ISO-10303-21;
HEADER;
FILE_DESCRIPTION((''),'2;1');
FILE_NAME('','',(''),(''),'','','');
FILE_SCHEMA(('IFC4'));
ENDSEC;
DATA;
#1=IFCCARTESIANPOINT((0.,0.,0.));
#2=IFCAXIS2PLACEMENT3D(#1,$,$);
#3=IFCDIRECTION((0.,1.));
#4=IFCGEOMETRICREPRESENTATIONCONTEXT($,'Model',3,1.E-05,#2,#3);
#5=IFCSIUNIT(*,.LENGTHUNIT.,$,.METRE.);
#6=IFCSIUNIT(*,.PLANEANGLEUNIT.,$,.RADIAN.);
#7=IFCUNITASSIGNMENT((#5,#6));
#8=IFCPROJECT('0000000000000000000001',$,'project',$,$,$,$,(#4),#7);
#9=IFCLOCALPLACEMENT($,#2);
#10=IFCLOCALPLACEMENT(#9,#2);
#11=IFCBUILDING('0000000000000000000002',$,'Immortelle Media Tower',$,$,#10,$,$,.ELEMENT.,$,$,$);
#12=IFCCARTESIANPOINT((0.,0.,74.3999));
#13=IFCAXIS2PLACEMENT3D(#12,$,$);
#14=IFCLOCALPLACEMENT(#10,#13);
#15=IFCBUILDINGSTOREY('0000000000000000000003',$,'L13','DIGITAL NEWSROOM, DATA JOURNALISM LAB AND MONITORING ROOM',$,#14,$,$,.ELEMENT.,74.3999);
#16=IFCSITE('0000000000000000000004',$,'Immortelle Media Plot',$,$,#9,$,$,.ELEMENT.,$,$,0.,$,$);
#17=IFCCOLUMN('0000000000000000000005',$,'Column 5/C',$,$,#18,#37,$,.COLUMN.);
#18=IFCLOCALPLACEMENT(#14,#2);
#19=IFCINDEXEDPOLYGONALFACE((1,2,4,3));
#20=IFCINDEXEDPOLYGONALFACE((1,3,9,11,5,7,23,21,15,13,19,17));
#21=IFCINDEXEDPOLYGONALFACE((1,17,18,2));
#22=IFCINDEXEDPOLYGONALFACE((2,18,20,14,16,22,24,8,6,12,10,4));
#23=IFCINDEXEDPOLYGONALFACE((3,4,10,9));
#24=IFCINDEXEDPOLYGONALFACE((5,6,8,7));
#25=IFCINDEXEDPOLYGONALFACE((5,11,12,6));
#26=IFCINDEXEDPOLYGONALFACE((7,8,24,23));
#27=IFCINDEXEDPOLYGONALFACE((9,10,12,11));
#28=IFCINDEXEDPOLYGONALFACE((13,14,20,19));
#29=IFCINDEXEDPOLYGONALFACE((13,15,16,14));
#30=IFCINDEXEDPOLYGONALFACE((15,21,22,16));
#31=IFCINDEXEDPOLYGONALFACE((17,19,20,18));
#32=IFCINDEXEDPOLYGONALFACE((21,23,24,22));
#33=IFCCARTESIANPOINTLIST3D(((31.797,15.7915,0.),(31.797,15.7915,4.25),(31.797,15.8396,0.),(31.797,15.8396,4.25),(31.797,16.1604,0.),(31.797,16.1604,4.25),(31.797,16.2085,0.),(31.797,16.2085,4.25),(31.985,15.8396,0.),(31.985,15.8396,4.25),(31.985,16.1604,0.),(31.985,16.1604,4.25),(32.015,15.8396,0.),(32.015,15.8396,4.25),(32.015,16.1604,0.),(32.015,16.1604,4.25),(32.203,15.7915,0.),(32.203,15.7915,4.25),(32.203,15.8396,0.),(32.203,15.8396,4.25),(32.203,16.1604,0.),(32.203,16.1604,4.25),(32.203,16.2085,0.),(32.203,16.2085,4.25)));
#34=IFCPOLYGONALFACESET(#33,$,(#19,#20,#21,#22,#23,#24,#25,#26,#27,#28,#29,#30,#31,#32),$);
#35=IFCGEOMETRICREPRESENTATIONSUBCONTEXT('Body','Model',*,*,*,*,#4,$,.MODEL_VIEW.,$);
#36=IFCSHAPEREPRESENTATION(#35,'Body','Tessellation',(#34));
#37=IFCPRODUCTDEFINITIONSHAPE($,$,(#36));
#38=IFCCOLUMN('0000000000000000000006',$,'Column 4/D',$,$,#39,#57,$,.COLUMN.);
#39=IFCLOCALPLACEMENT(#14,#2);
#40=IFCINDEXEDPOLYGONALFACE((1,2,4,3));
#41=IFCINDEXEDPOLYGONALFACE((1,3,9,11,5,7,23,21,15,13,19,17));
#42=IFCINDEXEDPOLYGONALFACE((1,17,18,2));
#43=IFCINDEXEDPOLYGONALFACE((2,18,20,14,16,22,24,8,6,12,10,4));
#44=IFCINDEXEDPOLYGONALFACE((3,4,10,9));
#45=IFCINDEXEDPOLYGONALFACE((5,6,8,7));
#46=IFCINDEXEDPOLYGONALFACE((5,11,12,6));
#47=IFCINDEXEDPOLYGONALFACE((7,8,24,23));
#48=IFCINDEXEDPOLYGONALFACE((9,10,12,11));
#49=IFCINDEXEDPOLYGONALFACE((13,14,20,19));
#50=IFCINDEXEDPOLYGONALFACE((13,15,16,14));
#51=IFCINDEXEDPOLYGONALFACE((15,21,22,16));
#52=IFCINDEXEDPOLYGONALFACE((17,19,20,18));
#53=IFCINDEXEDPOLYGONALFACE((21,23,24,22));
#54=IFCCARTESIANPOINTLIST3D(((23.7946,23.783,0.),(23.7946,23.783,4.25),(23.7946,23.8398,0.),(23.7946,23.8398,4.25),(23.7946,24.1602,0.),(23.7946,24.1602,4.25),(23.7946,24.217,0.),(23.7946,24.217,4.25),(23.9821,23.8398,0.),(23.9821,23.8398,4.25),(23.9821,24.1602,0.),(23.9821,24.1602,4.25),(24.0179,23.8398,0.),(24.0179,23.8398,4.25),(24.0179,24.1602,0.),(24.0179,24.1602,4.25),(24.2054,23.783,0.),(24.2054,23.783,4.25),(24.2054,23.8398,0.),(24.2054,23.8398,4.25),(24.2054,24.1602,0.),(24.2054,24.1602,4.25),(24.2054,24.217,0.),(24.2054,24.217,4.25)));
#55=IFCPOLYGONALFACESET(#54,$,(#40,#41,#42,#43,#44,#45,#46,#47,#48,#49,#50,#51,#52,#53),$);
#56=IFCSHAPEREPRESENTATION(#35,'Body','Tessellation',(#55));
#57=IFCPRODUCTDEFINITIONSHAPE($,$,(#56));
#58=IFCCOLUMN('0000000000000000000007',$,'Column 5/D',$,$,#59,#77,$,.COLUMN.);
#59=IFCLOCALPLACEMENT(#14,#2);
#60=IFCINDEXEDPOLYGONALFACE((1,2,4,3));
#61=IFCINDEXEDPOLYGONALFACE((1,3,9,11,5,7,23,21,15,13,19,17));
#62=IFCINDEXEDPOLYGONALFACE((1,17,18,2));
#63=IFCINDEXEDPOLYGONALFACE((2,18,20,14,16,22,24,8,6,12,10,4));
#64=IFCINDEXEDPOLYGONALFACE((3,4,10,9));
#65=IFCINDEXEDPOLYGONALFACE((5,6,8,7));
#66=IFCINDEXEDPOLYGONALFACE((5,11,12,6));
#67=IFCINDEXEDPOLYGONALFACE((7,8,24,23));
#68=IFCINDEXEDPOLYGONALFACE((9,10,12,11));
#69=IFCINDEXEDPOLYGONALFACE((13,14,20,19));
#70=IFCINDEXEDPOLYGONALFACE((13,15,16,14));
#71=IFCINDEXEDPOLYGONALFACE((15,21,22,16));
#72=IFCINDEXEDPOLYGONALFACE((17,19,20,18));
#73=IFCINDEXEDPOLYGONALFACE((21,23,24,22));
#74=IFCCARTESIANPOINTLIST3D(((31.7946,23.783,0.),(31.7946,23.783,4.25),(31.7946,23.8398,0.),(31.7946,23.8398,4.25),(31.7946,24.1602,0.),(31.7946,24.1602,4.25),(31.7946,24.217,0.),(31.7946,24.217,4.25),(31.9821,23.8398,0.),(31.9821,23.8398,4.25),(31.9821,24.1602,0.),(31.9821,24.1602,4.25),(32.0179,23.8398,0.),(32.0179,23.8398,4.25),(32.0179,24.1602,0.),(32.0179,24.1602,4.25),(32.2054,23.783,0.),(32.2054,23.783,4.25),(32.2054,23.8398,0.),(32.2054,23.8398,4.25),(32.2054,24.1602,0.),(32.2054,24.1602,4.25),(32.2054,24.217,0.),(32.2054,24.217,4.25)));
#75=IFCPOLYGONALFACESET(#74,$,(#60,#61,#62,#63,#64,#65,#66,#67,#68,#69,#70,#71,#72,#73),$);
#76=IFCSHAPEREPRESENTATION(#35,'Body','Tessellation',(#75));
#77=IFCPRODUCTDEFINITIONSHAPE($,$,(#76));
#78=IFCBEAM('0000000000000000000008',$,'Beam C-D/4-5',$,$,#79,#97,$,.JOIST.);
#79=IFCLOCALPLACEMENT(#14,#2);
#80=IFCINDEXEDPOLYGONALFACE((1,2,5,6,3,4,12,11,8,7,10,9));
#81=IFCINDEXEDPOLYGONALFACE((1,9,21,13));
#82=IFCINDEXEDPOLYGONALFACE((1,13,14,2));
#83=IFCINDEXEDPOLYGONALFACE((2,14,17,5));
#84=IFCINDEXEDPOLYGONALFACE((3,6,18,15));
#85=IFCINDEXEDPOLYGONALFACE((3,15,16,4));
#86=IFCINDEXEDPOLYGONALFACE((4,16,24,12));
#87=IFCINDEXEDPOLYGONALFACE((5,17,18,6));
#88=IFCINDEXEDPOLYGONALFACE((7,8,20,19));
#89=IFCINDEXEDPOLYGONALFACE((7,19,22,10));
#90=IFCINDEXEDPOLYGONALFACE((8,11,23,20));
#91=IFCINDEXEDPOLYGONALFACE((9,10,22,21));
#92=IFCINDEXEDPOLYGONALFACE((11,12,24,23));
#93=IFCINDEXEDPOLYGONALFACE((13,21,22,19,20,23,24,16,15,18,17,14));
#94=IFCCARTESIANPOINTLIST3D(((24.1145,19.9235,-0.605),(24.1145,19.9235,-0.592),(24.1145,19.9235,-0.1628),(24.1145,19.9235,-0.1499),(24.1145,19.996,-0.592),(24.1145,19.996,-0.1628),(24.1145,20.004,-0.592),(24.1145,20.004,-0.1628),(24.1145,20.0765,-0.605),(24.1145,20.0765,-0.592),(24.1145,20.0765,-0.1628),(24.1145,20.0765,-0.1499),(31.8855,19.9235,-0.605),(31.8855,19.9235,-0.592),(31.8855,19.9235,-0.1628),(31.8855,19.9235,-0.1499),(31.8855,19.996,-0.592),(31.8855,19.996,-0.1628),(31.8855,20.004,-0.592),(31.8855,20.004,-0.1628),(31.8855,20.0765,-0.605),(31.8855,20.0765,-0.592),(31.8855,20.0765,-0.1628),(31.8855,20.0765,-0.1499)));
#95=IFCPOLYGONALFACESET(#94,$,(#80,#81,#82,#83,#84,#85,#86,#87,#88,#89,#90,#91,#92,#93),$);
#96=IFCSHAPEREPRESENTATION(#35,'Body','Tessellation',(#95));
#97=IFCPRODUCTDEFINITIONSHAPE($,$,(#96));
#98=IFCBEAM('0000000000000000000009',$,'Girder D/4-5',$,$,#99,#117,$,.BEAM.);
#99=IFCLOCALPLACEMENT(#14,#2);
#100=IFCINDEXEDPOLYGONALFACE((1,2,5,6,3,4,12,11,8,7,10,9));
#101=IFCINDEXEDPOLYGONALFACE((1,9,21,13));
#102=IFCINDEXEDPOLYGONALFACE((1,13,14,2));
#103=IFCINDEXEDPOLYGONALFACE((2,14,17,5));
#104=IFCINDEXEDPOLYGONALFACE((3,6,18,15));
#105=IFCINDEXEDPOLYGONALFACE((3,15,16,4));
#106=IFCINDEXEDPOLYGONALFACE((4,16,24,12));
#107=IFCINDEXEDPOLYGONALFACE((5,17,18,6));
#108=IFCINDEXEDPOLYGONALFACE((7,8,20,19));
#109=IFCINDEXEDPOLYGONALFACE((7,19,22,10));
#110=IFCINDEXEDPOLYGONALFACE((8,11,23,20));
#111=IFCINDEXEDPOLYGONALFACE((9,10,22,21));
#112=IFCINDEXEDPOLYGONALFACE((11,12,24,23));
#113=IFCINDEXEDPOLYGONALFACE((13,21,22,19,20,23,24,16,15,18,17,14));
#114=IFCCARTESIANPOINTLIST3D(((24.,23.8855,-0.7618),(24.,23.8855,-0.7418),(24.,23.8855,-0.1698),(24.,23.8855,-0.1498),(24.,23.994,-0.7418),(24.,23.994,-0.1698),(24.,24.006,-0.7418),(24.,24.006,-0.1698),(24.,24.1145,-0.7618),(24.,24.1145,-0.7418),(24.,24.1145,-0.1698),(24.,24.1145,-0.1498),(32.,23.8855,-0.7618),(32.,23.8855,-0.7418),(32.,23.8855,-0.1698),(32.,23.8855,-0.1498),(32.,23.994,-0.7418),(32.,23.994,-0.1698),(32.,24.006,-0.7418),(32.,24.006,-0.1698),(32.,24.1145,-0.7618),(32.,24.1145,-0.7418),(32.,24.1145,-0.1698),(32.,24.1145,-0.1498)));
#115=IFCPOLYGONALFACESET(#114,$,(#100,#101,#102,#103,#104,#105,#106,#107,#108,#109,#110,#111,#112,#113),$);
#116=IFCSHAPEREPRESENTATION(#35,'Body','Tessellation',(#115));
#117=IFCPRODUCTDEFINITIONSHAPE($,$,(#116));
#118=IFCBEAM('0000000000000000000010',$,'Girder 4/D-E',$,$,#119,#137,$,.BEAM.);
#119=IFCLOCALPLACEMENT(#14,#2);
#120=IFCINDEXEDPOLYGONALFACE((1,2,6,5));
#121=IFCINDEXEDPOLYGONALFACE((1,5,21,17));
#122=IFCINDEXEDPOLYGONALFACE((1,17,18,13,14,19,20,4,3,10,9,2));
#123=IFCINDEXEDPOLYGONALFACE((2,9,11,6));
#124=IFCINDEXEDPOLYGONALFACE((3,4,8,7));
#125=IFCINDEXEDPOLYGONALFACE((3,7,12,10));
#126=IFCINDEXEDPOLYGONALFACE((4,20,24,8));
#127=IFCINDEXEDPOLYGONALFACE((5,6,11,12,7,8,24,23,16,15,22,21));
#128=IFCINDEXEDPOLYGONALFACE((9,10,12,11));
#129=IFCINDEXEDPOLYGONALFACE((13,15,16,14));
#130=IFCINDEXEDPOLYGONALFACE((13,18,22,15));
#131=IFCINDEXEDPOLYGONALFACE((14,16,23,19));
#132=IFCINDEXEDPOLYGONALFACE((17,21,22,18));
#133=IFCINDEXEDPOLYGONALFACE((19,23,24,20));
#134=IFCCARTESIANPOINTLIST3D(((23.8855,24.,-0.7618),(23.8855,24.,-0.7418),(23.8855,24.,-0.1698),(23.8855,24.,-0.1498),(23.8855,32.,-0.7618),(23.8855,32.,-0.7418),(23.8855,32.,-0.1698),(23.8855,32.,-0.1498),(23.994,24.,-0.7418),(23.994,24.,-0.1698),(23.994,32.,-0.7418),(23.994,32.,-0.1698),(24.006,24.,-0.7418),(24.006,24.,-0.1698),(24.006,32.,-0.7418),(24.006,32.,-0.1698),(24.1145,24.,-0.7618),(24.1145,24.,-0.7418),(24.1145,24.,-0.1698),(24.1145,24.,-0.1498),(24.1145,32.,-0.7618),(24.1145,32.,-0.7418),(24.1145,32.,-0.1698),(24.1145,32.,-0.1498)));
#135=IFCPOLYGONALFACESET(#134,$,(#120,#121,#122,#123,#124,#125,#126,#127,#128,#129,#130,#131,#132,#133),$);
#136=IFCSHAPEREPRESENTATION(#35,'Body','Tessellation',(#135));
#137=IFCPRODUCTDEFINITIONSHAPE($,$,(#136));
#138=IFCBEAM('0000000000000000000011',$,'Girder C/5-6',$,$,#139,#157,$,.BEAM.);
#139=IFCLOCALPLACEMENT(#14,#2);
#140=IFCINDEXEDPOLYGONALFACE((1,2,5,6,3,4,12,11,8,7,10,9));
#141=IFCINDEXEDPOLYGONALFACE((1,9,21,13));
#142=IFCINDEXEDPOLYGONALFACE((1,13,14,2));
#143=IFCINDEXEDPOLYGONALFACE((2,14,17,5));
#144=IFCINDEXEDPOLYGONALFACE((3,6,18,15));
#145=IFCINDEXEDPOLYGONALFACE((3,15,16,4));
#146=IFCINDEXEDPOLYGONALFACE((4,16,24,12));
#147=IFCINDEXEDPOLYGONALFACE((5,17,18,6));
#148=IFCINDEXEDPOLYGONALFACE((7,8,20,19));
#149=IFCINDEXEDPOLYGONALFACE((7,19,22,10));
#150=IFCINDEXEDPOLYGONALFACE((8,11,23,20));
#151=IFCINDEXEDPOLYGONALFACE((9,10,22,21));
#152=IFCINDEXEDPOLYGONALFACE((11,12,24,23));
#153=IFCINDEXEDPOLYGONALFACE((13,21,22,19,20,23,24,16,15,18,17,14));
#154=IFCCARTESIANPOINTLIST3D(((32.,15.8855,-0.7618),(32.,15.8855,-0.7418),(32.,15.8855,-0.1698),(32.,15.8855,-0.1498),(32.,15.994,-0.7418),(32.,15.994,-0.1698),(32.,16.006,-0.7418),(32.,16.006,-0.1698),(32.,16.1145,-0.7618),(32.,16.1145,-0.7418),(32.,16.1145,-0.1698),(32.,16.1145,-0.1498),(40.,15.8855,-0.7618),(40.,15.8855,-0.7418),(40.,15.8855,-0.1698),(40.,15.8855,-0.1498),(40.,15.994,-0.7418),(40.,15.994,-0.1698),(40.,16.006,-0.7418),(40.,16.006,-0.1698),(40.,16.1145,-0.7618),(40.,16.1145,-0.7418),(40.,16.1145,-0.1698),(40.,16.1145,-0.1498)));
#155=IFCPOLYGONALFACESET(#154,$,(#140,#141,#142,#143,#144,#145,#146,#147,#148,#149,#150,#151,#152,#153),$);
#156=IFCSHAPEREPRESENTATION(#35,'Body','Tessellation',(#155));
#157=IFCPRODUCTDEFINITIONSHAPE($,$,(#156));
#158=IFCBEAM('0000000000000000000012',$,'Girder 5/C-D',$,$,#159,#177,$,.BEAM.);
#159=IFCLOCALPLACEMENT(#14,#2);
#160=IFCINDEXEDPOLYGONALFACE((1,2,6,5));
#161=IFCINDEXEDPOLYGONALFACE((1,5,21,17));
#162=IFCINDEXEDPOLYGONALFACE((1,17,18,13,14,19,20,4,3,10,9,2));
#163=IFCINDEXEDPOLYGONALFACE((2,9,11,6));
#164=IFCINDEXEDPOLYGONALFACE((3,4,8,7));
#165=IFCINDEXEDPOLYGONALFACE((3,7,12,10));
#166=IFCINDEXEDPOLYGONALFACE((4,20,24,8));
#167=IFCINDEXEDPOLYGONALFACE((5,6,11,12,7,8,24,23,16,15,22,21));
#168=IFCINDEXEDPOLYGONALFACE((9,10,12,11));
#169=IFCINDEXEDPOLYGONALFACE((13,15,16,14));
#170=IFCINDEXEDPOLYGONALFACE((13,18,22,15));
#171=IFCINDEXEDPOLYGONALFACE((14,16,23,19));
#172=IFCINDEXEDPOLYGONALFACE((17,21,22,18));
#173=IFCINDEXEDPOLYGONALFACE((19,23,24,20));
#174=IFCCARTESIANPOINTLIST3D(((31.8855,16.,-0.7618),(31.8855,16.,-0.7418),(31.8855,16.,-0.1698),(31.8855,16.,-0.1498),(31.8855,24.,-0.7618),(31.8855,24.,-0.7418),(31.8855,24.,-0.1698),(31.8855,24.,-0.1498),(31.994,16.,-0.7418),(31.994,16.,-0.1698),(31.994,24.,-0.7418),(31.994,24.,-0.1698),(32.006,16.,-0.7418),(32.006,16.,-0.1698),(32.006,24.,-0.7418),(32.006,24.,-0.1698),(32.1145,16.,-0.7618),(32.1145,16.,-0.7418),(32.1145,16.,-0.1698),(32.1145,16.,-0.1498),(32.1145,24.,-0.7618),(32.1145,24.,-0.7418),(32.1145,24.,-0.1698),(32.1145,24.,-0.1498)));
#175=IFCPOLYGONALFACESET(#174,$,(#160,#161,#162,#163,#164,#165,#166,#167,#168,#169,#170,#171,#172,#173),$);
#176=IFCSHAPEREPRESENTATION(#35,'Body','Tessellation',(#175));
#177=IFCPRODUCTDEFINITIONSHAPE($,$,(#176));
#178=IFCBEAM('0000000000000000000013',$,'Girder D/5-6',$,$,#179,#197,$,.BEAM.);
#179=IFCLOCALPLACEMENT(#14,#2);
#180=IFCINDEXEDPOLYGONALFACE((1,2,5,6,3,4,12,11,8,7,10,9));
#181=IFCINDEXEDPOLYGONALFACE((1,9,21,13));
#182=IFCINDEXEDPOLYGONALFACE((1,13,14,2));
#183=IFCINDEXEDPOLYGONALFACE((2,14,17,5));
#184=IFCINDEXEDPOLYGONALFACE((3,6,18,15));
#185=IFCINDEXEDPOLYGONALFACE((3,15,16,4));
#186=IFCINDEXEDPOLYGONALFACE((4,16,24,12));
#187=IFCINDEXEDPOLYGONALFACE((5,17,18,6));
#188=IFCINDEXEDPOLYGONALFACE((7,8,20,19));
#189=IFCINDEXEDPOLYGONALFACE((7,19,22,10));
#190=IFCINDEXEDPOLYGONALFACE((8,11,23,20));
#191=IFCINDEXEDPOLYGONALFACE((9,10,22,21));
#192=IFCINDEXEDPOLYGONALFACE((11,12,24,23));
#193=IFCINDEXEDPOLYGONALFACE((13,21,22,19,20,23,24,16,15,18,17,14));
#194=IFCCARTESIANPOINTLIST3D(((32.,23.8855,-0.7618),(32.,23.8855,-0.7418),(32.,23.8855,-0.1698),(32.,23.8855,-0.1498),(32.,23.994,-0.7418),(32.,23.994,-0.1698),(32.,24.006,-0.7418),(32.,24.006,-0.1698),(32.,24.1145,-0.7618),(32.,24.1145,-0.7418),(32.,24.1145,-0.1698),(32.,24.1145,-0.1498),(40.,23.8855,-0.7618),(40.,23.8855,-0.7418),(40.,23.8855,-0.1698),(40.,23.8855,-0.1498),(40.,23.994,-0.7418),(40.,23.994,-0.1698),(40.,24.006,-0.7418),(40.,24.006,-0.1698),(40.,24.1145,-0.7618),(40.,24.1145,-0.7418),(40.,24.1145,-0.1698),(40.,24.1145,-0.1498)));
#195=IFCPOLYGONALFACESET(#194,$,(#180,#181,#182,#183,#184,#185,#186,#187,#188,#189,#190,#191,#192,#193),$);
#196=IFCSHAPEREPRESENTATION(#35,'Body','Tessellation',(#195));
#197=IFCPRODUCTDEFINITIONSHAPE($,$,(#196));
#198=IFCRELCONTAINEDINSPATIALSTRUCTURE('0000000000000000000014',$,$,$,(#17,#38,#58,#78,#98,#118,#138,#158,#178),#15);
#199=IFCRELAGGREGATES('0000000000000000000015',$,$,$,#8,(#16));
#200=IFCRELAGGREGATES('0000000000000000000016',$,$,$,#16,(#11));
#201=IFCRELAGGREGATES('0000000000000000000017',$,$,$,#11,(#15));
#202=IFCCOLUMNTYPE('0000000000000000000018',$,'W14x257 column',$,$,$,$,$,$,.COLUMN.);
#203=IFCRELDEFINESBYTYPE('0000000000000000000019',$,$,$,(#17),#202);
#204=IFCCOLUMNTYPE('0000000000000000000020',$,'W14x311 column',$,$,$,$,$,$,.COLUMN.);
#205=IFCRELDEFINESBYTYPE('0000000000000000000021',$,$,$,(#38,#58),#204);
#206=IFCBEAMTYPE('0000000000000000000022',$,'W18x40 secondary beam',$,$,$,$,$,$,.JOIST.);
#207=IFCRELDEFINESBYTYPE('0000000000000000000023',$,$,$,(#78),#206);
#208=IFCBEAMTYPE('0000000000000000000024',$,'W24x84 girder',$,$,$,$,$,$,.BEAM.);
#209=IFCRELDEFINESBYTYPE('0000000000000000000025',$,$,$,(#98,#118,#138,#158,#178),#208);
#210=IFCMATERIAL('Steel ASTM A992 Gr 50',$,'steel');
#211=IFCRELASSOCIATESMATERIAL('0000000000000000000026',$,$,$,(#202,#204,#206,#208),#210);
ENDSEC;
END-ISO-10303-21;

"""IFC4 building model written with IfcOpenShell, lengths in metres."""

from ifc_helpers import new_model, si_unit, direction, frame, origin, origin_2d, place, context, subcontext, project, spatial, i_section, extrude, material, material_profile, profile_set, type_object, element, save


model = new_model("IFC4")

# Units and contexts
model_context = context("Model", 3, precision=1e-05, world=origin(), true_north=direction((0.0, 1.0)))
body_context = subcontext(model_context, "Body", "Model", "MODEL_VIEW")
ifc_project = project(units=[si_unit("LENGTHUNIT", "METRE"), si_unit("PLANEANGLEUNIT", "RADIAN")], contexts=[model_context])

# Site, building, storey
site_placement = place(None, origin())
site = spatial("IfcSite", under=ifc_project, at=site_placement, Name="Immortelle Media Plot", CompositionType="ELEMENT", RefElevation=0.0)
building_placement = place(site_placement, origin())
building = spatial("IfcBuilding", under=site, at=building_placement, Name="Immortelle Media Tower", CompositionType="ELEMENT")
storey_placement = place(building_placement, frame((0.0, 0.0, 74.3999)))
storey = spatial("IfcBuildingStorey", under=building, at=storey_placement, Name="L13", Description="DIGITAL NEWSROOM, DATA JOURNALISM LAB AND MONITORING ROOM", CompositionType="ELEMENT", Elevation=74.3999)

# Columns
ifc_material_1 = material(Name="Steel ASTM A992 Gr 50", Category="steel")
ifc_material_profile_1 = material_profile(ifc_material_1, i_section(OverallWidth=0.406, OverallDepth=0.417, WebThickness=0.03, FlangeThickness=0.0481, at=origin_2d()), Name="W14x257")
ifc_profile_set_1 = profile_set([ifc_material_profile_1], Name="Steel ASTM A992 Gr 50")
column_type_1 = type_object("IfcColumnType", Name="W14x257 column", PredefinedType="COLUMN", material=ifc_profile_set_1)
column_placement = place(storey_placement, frame((32.0, 16.0, 0.0), z_axis=(0.0, 0.0, 1.0), x_axis=(1.0, 0.0, 0.0)))
element("IfcColumn", 1, at=column_placement, inside=storey, type_object=column_type_1, Name="Column 5/C", PredefinedType="COLUMN", context=body_context, shape_type="SweptSolid", body=[
    extrude(i_section(OverallWidth=0.406, OverallDepth=0.417, WebThickness=0.03, FlangeThickness=0.0481, at=origin_2d()), origin(), (0.0, 0.0, 1.0), 4.25),
])
ifc_material_profile_2 = material_profile(ifc_material_1, i_section(OverallWidth=0.4109, OverallDepth=0.4341, WebThickness=0.0359, FlangeThickness=0.0569, at=origin_2d()), Name="W14x311")
ifc_profile_set_2 = profile_set([ifc_material_profile_2], Name="Steel ASTM A992 Gr 50")
column_type_2 = type_object("IfcColumnType", Name="W14x311 column", PredefinedType="COLUMN", material=ifc_profile_set_2)
for number, where, z_axis, x_axis, name in (
    (2, (24.0, 24.0, 0.0), (0.0, 0.0, 1.0), (1.0, 0.0, 0.0), "Column 4/D"),
    (3, (32.0, 24.0, 0.0), (0.0, 0.0, 1.0), (1.0, 0.0, 0.0), "Column 5/D"),
):
    element("IfcColumn", number, at=place(storey_placement, frame(where, z_axis=z_axis, x_axis=x_axis)), inside=storey, type_object=column_type_2, Name=name, PredefinedType="COLUMN", context=body_context, shape_type="SweptSolid", body=[
        extrude(i_section(OverallWidth=0.4109, OverallDepth=0.4341, WebThickness=0.0359, FlangeThickness=0.0569, at=origin_2d()), origin(), (0.0, 0.0, 1.0), 4.25),
    ])

# Beams
ifc_material_profile_3 = material_profile(ifc_material_1, i_section(OverallWidth=0.1531, OverallDepth=0.4551, WebThickness=0.0081, FlangeThickness=0.0129, at=origin_2d()), Name="W18x40")
ifc_profile_set_3 = profile_set([ifc_material_profile_3], Name="Steel ASTM A992 Gr 50")
beam_type_1 = type_object("IfcBeamType", Name="W18x40 secondary beam", PredefinedType="JOIST", material=ifc_profile_set_3)
beam_placement = place(storey_placement, frame((24.1145, 20.0, -0.3774), z_axis=(1.0, 0.0, 0.0), x_axis=(0.0, 1.0, 0.0)))
element("IfcBeam", 4, at=beam_placement, inside=storey, type_object=beam_type_1, Name="Beam C-D/4-5", PredefinedType="JOIST", context=body_context, shape_type="SweptSolid", body=[
    extrude(i_section(OverallWidth=0.1531, OverallDepth=0.4551, WebThickness=0.0081, FlangeThickness=0.0129, at=origin_2d()), origin(), (0.0, 0.0, 1.0), 7.771),
])
ifc_material_profile_4 = material_profile(ifc_material_1, i_section(OverallWidth=0.229, OverallDepth=0.6121, WebThickness=0.012, FlangeThickness=0.02, at=origin_2d()), Name="W24x84")
ifc_profile_set_4 = profile_set([ifc_material_profile_4], Name="Steel ASTM A992 Gr 50")
beam_type_2 = type_object("IfcBeamType", Name="W24x84 girder", PredefinedType="BEAM", material=ifc_profile_set_4)
for number, where, z_axis, x_axis, name in (
    (5, (24.0, 24.0, -0.4558), (1.0, 0.0, 0.0), (0.0, 1.0, 0.0), "Girder D/4-5"),
    (6, (24.0, 24.0, -0.4558), (0.0, 1.0, 0.0), (-1.0, 0.0, 0.0), "Girder 4/D-E"),
    (7, (32.0, 16.0, -0.4558), (1.0, 0.0, 0.0), (0.0, 1.0, 0.0), "Girder C/5-6"),
    (8, (32.0, 16.0, -0.4558), (0.0, 1.0, 0.0), (-1.0, 0.0, 0.0), "Girder 5/C-D"),
    (9, (32.0, 24.0, -0.4558), (1.0, 0.0, 0.0), (0.0, 1.0, 0.0), "Girder D/5-6"),
):
    element("IfcBeam", number, at=place(storey_placement, frame(where, z_axis=z_axis, x_axis=x_axis)), inside=storey, type_object=beam_type_2, Name=name, PredefinedType="BEAM", context=body_context, shape_type="SweptSolid", body=[
        extrude(i_section(OverallWidth=0.229, OverallDepth=0.6121, WebThickness=0.012, FlangeThickness=0.02, at=origin_2d()), origin(), (0.0, 0.0, 1.0), 8.0),
    ])

save(model, "model.ifc")
